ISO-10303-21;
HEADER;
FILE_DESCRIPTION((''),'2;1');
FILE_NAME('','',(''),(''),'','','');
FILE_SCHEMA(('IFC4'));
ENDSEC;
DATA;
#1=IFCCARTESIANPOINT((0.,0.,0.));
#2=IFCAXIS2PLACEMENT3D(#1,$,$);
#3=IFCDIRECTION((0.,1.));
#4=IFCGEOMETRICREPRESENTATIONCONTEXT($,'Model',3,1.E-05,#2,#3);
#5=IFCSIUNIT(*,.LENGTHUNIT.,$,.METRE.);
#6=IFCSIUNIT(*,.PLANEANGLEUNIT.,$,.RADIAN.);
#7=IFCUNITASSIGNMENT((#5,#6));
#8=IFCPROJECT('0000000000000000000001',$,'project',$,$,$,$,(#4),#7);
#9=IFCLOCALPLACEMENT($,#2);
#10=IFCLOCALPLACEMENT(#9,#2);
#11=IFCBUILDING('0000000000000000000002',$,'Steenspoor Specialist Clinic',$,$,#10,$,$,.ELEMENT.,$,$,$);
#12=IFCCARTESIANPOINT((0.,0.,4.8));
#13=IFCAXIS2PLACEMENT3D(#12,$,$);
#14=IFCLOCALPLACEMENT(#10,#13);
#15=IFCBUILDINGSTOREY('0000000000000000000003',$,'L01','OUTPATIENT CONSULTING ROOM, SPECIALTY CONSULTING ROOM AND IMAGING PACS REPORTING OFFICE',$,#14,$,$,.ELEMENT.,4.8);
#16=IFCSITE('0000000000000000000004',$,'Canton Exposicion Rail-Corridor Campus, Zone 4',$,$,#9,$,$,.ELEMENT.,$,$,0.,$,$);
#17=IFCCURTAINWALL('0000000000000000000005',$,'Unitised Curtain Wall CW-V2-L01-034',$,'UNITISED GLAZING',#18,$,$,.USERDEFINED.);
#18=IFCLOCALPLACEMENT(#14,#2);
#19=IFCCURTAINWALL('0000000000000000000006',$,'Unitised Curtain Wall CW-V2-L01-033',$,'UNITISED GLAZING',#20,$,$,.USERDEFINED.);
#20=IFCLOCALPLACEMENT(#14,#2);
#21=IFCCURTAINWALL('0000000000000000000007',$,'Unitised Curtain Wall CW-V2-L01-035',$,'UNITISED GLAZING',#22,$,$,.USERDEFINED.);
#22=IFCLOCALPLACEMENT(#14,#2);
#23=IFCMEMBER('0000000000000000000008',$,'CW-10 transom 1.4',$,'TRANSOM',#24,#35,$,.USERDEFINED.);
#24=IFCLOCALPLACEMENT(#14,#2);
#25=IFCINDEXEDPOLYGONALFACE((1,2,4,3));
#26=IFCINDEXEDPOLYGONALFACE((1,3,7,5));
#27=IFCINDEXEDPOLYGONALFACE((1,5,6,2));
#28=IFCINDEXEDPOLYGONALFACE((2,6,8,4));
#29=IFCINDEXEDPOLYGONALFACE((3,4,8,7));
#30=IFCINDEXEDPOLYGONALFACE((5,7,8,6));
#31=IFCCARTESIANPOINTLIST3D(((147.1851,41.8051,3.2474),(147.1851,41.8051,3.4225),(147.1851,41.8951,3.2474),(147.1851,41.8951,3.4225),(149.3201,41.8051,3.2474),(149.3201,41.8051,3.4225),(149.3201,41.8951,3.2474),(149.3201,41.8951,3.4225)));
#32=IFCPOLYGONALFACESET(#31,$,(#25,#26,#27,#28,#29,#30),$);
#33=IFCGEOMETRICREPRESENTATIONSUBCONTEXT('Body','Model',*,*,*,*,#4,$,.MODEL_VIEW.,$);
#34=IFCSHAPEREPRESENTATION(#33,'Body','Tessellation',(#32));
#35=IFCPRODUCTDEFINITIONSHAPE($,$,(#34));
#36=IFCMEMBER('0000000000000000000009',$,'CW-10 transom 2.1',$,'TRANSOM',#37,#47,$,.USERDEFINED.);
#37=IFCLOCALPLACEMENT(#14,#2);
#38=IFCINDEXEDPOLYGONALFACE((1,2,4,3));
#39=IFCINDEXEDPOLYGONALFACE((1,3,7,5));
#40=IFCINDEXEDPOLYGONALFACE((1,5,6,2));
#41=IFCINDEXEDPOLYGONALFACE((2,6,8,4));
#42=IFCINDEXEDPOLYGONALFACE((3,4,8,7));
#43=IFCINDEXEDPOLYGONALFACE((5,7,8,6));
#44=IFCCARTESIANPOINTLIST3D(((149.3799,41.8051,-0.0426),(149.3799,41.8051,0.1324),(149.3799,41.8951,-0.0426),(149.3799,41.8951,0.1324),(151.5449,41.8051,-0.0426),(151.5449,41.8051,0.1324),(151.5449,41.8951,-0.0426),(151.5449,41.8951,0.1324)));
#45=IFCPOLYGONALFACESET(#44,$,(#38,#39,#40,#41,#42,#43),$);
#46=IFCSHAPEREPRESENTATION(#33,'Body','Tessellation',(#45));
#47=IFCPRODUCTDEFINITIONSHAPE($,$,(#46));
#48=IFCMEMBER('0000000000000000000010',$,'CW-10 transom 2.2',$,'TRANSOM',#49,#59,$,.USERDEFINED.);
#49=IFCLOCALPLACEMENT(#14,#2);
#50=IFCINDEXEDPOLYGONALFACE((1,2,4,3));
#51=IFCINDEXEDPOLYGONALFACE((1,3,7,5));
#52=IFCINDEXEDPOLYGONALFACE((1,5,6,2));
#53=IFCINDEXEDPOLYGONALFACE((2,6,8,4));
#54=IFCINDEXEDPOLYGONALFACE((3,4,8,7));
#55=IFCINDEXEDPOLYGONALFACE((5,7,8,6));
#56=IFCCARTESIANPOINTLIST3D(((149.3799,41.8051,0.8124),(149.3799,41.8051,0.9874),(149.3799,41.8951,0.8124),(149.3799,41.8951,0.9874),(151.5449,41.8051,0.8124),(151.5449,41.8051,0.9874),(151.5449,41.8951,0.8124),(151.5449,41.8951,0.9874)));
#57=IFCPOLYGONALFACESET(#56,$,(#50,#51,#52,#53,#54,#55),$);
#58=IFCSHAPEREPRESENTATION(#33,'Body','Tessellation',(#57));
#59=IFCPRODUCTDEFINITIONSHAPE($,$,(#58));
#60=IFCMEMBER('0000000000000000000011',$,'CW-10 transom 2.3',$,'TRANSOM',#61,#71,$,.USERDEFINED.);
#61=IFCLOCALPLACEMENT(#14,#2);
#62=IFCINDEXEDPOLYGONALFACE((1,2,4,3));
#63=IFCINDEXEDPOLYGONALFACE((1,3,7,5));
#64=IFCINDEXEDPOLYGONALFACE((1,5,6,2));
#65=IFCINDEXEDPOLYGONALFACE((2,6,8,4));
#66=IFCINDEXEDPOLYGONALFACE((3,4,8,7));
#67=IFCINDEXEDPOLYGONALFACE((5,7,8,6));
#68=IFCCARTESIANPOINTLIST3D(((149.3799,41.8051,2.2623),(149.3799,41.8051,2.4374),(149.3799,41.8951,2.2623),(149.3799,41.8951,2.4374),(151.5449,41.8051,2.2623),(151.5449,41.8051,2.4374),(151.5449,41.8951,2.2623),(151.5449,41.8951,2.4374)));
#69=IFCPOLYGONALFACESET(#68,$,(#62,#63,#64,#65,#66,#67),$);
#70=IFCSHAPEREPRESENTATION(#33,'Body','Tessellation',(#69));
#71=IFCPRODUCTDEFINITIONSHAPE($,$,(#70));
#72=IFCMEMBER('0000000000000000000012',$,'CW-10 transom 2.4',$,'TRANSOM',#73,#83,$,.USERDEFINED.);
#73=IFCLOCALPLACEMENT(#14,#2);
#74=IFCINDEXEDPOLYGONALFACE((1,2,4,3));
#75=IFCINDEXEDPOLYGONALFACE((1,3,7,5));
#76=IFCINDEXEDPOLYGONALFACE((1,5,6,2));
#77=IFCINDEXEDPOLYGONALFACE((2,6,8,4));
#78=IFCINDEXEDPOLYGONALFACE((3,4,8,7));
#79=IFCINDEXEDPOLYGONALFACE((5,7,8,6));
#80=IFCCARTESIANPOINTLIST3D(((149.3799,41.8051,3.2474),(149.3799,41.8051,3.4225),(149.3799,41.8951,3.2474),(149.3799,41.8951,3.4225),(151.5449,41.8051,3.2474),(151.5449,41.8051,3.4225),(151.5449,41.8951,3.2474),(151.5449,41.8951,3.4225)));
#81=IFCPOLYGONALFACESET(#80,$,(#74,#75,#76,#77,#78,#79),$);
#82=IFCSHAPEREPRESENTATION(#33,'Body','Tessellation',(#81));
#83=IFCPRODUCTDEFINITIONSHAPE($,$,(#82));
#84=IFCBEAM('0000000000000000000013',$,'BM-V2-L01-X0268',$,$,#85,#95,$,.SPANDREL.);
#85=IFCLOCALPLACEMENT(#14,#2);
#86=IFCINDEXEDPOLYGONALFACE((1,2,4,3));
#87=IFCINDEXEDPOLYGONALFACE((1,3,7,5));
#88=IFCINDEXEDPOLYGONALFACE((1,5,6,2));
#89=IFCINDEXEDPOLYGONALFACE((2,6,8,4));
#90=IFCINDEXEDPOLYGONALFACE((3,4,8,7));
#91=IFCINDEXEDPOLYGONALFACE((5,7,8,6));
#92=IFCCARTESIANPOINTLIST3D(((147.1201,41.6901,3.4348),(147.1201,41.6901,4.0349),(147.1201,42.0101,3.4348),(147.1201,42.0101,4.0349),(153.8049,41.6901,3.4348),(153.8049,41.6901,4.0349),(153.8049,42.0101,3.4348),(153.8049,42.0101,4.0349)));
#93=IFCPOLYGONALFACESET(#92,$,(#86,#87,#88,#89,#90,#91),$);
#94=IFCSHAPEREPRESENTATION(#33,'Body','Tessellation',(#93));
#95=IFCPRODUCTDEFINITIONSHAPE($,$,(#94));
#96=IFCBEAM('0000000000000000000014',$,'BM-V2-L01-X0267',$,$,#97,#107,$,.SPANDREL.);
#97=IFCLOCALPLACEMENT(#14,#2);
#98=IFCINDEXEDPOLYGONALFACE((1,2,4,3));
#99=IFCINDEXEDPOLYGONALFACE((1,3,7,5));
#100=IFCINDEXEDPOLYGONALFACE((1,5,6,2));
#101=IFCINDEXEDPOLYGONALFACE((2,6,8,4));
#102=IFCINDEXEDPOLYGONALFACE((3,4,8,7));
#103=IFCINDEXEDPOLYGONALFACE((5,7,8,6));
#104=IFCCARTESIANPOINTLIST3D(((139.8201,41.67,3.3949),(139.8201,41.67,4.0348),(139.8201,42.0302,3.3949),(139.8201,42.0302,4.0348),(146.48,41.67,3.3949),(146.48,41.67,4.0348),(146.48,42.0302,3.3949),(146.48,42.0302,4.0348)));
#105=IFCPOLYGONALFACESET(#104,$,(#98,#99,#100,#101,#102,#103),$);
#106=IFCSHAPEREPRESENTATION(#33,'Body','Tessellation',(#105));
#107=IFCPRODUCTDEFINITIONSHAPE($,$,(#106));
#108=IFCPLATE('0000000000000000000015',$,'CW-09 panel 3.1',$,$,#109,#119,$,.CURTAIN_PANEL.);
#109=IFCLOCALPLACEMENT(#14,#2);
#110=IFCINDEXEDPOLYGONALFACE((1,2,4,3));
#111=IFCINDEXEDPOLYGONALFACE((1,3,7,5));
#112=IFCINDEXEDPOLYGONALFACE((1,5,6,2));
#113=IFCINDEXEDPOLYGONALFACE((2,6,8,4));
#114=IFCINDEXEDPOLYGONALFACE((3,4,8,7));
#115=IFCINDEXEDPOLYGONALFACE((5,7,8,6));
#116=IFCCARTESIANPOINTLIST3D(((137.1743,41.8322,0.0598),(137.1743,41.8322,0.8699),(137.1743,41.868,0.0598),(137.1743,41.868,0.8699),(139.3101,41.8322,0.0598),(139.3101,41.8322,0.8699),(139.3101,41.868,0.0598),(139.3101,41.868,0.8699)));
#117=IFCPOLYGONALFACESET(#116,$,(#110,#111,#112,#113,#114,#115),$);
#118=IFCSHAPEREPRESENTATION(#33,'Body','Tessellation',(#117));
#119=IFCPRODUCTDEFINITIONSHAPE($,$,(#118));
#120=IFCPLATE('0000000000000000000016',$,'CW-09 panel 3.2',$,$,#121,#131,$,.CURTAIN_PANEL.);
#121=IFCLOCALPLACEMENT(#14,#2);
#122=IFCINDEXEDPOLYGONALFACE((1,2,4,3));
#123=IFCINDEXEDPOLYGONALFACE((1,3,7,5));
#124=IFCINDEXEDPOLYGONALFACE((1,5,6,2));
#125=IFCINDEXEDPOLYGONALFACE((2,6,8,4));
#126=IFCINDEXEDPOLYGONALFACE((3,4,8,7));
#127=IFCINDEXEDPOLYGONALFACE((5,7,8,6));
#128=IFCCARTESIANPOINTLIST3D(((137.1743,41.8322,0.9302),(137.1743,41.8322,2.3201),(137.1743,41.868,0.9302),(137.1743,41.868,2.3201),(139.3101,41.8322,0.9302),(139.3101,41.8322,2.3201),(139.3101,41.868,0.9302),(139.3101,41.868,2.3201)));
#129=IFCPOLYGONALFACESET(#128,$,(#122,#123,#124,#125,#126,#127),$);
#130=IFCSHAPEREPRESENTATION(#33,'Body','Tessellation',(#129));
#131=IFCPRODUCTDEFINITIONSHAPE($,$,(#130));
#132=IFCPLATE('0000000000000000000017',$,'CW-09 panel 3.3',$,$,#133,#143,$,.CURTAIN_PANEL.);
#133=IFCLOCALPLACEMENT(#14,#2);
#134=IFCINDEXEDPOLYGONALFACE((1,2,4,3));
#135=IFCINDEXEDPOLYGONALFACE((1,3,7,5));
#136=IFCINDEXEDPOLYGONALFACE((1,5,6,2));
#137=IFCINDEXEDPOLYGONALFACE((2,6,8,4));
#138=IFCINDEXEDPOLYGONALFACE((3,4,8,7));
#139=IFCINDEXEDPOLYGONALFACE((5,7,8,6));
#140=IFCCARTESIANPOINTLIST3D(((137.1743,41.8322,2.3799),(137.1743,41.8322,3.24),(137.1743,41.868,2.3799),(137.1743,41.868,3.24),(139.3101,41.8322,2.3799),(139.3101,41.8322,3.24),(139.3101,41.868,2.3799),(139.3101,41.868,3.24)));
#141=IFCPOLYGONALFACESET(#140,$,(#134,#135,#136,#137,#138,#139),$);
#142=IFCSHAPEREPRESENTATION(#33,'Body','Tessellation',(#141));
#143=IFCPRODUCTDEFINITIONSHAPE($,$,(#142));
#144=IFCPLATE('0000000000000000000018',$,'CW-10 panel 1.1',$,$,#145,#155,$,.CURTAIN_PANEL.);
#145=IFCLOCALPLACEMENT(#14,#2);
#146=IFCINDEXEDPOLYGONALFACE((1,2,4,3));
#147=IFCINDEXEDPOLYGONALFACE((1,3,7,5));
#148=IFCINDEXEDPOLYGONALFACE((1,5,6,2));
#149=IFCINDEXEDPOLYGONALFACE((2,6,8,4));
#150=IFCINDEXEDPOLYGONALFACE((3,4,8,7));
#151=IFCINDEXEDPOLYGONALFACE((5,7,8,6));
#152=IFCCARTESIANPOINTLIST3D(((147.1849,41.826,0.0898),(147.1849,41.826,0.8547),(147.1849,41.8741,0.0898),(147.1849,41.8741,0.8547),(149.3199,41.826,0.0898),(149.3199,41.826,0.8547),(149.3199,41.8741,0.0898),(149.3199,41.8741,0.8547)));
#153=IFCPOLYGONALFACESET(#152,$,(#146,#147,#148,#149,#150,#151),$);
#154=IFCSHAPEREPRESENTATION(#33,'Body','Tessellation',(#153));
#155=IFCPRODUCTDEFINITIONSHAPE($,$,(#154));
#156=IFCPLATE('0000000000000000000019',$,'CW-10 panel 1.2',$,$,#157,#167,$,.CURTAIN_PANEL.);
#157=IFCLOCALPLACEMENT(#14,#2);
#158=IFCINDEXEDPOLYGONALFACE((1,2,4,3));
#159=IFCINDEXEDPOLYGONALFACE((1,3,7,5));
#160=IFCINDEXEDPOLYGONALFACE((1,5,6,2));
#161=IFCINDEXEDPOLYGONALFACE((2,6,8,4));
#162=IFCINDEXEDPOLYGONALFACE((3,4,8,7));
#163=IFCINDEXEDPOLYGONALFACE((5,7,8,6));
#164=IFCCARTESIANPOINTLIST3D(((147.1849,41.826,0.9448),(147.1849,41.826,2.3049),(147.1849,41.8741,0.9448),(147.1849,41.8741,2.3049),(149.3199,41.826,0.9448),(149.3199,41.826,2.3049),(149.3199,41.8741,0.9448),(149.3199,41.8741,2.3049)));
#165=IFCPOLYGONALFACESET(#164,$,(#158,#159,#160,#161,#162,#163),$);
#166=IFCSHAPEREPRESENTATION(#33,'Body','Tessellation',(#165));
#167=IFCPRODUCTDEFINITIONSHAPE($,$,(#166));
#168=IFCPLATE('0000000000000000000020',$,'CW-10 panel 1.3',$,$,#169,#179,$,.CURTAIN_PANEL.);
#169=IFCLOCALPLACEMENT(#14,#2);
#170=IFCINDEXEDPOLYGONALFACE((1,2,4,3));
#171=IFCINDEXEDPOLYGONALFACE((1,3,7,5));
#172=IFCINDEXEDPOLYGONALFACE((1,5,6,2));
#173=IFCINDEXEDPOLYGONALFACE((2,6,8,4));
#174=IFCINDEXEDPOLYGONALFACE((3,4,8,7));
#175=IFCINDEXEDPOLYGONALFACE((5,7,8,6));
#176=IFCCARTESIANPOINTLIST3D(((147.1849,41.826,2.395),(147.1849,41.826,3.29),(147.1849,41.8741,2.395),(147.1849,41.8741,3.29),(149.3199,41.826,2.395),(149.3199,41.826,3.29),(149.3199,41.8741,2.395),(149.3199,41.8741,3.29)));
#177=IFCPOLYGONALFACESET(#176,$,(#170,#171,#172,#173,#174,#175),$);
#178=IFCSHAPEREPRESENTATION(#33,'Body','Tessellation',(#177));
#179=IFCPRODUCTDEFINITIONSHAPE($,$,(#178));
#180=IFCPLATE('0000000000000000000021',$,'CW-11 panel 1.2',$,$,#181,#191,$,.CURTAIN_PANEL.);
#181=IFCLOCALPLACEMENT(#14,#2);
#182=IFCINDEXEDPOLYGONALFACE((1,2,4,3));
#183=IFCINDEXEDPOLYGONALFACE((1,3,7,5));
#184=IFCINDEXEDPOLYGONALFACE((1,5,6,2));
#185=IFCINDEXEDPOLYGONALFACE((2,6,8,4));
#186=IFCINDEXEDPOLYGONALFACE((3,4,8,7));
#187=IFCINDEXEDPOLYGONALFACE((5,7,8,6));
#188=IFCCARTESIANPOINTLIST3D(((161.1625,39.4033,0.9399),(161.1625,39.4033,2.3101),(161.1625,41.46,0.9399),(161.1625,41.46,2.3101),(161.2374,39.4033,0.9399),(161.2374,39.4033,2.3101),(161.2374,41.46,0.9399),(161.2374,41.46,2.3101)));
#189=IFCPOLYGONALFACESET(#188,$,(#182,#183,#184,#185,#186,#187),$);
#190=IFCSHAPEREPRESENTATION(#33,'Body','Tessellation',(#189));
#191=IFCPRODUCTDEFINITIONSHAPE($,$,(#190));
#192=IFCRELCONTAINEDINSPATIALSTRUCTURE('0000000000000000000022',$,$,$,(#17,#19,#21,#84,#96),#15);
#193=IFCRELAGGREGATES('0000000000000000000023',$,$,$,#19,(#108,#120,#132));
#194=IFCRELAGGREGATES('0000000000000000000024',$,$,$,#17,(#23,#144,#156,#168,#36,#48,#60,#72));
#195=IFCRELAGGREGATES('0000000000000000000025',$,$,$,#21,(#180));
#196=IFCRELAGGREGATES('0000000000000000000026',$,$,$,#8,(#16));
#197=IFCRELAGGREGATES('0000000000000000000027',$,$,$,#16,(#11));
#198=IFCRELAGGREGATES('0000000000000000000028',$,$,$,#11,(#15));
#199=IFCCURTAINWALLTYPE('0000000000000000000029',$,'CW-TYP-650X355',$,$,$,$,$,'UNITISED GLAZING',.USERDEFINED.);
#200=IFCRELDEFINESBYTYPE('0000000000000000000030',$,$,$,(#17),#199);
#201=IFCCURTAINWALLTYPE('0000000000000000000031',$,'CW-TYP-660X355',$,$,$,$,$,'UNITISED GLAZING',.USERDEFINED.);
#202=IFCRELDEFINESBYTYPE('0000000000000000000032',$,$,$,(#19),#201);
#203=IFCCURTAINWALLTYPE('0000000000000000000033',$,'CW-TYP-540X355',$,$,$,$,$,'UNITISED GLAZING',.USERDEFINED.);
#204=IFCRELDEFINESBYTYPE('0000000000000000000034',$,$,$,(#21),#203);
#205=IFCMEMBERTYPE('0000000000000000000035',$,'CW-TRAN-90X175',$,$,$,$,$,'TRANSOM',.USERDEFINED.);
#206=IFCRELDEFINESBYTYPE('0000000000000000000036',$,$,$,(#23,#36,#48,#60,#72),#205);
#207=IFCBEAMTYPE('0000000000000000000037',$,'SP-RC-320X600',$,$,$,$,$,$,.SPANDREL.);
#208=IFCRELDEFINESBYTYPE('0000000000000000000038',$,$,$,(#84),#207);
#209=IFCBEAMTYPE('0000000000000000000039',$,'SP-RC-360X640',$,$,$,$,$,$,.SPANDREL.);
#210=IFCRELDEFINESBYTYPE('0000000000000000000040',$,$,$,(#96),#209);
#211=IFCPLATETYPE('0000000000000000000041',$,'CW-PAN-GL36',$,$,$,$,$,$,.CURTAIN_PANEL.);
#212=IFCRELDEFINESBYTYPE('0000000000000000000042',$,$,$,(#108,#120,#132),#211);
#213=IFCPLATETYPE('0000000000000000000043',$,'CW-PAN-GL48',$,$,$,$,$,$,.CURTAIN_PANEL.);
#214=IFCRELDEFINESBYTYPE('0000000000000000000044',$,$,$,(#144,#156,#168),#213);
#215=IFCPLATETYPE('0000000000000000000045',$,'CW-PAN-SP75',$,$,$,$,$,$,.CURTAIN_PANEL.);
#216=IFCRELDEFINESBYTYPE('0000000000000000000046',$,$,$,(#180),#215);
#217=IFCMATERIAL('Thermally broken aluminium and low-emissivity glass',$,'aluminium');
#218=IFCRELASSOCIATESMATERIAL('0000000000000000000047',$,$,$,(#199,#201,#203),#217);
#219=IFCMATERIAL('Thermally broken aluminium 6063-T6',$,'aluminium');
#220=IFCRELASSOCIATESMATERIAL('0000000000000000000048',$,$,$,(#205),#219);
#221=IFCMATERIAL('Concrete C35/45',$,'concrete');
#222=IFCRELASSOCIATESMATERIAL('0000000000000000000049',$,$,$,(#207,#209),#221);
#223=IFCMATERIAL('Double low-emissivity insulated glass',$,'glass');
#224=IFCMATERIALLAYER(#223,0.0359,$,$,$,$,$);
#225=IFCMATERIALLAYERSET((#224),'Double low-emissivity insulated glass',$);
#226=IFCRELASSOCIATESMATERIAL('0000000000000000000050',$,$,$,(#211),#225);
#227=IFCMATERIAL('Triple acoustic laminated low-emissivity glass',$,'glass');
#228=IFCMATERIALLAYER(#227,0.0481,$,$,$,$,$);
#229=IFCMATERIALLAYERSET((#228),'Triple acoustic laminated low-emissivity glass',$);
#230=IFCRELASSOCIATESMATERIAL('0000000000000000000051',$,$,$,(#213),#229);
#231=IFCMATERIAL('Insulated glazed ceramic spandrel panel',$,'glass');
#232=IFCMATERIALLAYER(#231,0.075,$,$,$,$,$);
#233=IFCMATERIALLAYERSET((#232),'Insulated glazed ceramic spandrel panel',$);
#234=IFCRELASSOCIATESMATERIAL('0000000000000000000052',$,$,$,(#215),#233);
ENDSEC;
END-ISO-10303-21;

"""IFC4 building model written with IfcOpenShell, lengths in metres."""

from ifc_helpers import new_model, si_unit, direction, frame, origin, origin_2d, place, context, subcontext, project, spatial, rectangle, extrude, material, layer, layer_set, material_profile, profile_set, type_object, element, aggregate, save


model = new_model("IFC4")

# Units and contexts
model_context = context("Model", 3, precision=1e-05, world=origin(), true_north=direction((0.0, 1.0)))
body_context = subcontext(model_context, "Body", "Model", "MODEL_VIEW")
ifc_project = project(units=[si_unit("LENGTHUNIT", "METRE"), si_unit("PLANEANGLEUNIT", "RADIAN")], contexts=[model_context])

# Site, building, storey
site_placement = place(None, origin())
site = spatial("IfcSite", under=ifc_project, at=site_placement, Name="Canton Exposicion Rail-Corridor Campus, Zone 4", CompositionType="ELEMENT", RefElevation=0.0)
building_placement = place(site_placement, origin())
building = spatial("IfcBuilding", under=site, at=building_placement, Name="Steenspoor Specialist Clinic", CompositionType="ELEMENT")
storey_placement = place(building_placement, frame((0.0, 0.0, 4.8)))
storey = spatial("IfcBuildingStorey", under=building, at=storey_placement, Name="L01", Description="OUTPATIENT CONSULTING ROOM, SPECIALTY CONSULTING ROOM AND IMAGING PACS REPORTING OFFICE", CompositionType="ELEMENT", Elevation=4.8)

# Curtain wall
ifc_material_1 = material(Name="Thermally broken aluminium and low-emissivity glass", Category="aluminium")
curtain_wall_type_1 = type_object("IfcCurtainWallType", Name="CW-TYP-650X355", ElementType="UNITISED GLAZING", PredefinedType="USERDEFINED", material=ifc_material_1)
curtain_wall_1_placement = place(storey_placement, origin())
curtain_wall_1 = element("IfcCurtainWall", 1, at=curtain_wall_1_placement, inside=storey, type_object=curtain_wall_type_1, Name="Unitised Curtain Wall CW-V2-L01-034", ObjectType="UNITISED GLAZING", PredefinedType="USERDEFINED")
ifc_material_2 = material(Name="Thermally broken aluminium 6063-T6", Category="aluminium")

# Curtain wall
curtain_wall_type_2 = type_object("IfcCurtainWallType", Name="CW-TYP-660X355", ElementType="UNITISED GLAZING", PredefinedType="USERDEFINED", material=ifc_material_1)
curtain_wall_2_placement = place(storey_placement, origin())
curtain_wall_2 = element("IfcCurtainWall", 2, at=curtain_wall_2_placement, inside=storey, type_object=curtain_wall_type_2, Name="Unitised Curtain Wall CW-V2-L01-033", ObjectType="UNITISED GLAZING", PredefinedType="USERDEFINED")

# Curtain wall
curtain_wall_type_3 = type_object("IfcCurtainWallType", Name="CW-TYP-540X355", ElementType="UNITISED GLAZING", PredefinedType="USERDEFINED", material=ifc_material_1)
curtain_wall_3_placement = place(storey_placement, origin())
curtain_wall_3 = element("IfcCurtainWall", 3, at=curtain_wall_3_placement, inside=storey, type_object=curtain_wall_type_3, Name="Unitised Curtain Wall CW-V2-L01-035", ObjectType="UNITISED GLAZING", PredefinedType="USERDEFINED")

# Members
ifc_material_profile_1 = material_profile(ifc_material_2, rectangle(XDim=0.0901, YDim=0.175, at=origin_2d()), Name="CWT-90X175")
ifc_profile_set_1 = profile_set([ifc_material_profile_1], Name="Thermally broken aluminium 6063-T6")
member_type_1 = type_object("IfcMemberType", Name="CW-TRAN-90X175", ElementType="TRANSOM", PredefinedType="USERDEFINED", material=ifc_profile_set_1)
member_1_placement = place(storey_placement, frame((147.1851, 41.8501, 3.335), z_axis=(1.0, 0.0, 0.0), x_axis=(0.0, 1.0, 0.0)))
member_1 = element("IfcMember", 4, at=member_1_placement, type_object=member_type_1, Name="CW-10 transom 1.4", ObjectType="TRANSOM", PredefinedType="USERDEFINED", context=body_context, shape_type="SweptSolid", body=[
    extrude(rectangle(XDim=0.0901, YDim=0.175, at=origin_2d()), origin(), (0.0, 0.0, 1.0), 2.135),
])
member_2_placement = place(storey_placement, frame((149.3799, 41.8501, 0.0449), z_axis=(1.0, 0.0, 0.0), x_axis=(0.0, 1.0, 0.0)))
member_2 = element("IfcMember", 5, at=member_2_placement, type_object=member_type_1, Name="CW-10 transom 2.1", ObjectType="TRANSOM", PredefinedType="USERDEFINED", context=body_context, shape_type="SweptSolid", body=[
    extrude(rectangle(XDim=0.0901, YDim=0.175, at=origin_2d()), origin(), (0.0, 0.0, 1.0), 2.165),
])
member_3_placement = place(storey_placement, frame((149.3799, 41.8501, 0.8999), z_axis=(1.0, 0.0, 0.0), x_axis=(0.0, 1.0, 0.0)))
member_3 = element("IfcMember", 6, at=member_3_placement, type_object=member_type_1, Name="CW-10 transom 2.2", ObjectType="TRANSOM", PredefinedType="USERDEFINED", context=body_context, shape_type="SweptSolid", body=[
    extrude(rectangle(XDim=0.0901, YDim=0.175, at=origin_2d()), origin(), (0.0, 0.0, 1.0), 2.165),
])
member_4_placement = place(storey_placement, frame((149.3799, 41.8501, 2.3499), z_axis=(1.0, 0.0, 0.0), x_axis=(0.0, 1.0, 0.0)))
member_4 = element("IfcMember", 7, at=member_4_placement, type_object=member_type_1, Name="CW-10 transom 2.3", ObjectType="TRANSOM", PredefinedType="USERDEFINED", context=body_context, shape_type="SweptSolid", body=[
    extrude(rectangle(XDim=0.0901, YDim=0.175, at=origin_2d()), origin(), (0.0, 0.0, 1.0), 2.165),
])
member_5_placement = place(storey_placement, frame((149.3799, 41.8501, 3.335), z_axis=(1.0, 0.0, 0.0), x_axis=(0.0, 1.0, 0.0)))
member_5 = element("IfcMember", 8, at=member_5_placement, type_object=member_type_1, Name="CW-10 transom 2.4", ObjectType="TRANSOM", PredefinedType="USERDEFINED", context=body_context, shape_type="SweptSolid", body=[
    extrude(rectangle(XDim=0.0901, YDim=0.175, at=origin_2d()), origin(), (0.0, 0.0, 1.0), 2.165),
])

# Beams
ifc_material_3 = material(Name="Concrete C35/45", Category="concrete")
ifc_material_profile_2 = material_profile(ifc_material_3, rectangle(XDim=0.3201, YDim=0.6001, at=origin_2d()), Name="RC-SP-320X600")
ifc_profile_set_2 = profile_set([ifc_material_profile_2], Name="Concrete C35/45")
beam_type_1 = type_object("IfcBeamType", Name="SP-RC-320X600", PredefinedType="SPANDREL", material=ifc_profile_set_2)
beam_1_placement = place(storey_placement, frame((147.1201, 41.8501, 3.7349), z_axis=(1.0, 0.0, 0.0), x_axis=(0.0, 1.0, 0.0)))
element("IfcBeam", 9, at=beam_1_placement, inside=storey, type_object=beam_type_1, Name="BM-V2-L01-X0268", PredefinedType="SPANDREL", context=body_context, shape_type="SweptSolid", body=[
    extrude(rectangle(XDim=0.3201, YDim=0.6001, at=origin_2d()), origin(), (0.0, 0.0, 1.0), 6.6848),
])
ifc_material_profile_3 = material_profile(ifc_material_3, rectangle(XDim=0.3601, YDim=0.6399, at=origin_2d()), Name="RC-SP-360X640")
ifc_profile_set_3 = profile_set([ifc_material_profile_3], Name="Concrete C35/45")
beam_type_2 = type_object("IfcBeamType", Name="SP-RC-360X640", PredefinedType="SPANDREL", material=ifc_profile_set_3)
beam_2_placement = place(storey_placement, frame((139.8201, 41.8501, 3.7148), z_axis=(1.0, 0.0, 0.0), x_axis=(0.0, 1.0, 0.0)))
element("IfcBeam", 10, at=beam_2_placement, inside=storey, type_object=beam_type_2, Name="BM-V2-L01-X0267", PredefinedType="SPANDREL", context=body_context, shape_type="SweptSolid", body=[
    extrude(rectangle(XDim=0.3601, YDim=0.6399, at=origin_2d()), origin(), (0.0, 0.0, 1.0), 6.6599),
])

# Plates
ifc_material_4 = material(Name="Double low-emissivity insulated glass", Category="glass")
ifc_layer_1 = layer(ifc_material_4, 0.0359)
ifc_layer_set_1 = layer_set([ifc_layer_1], Name="Double low-emissivity insulated glass")
plate_type_1 = type_object("IfcPlateType", Name="CW-PAN-GL36", PredefinedType="CURTAIN_PANEL", material=ifc_layer_set_1)
plate_1_placement = place(storey_placement, frame((138.2422, 41.8501, 0.0598), z_axis=(0.0, 0.0, 1.0), x_axis=(1.0, 0.0, 0.0)))
plate_1 = element("IfcPlate", 11, at=plate_1_placement, type_object=plate_type_1, Name="CW-09 panel 3.1", PredefinedType="CURTAIN_PANEL", context=body_context, shape_type="SweptSolid", body=[
    extrude(rectangle(XDim=2.1357, YDim=0.0359, at=origin_2d()), origin(), (0.0, 0.0, 1.0), 0.8101),
])
plate_2_placement = place(storey_placement, frame((138.2422, 41.8501, 0.9302), z_axis=(0.0, 0.0, 1.0), x_axis=(1.0, 0.0, 0.0)))
plate_2 = element("IfcPlate", 12, at=plate_2_placement, type_object=plate_type_1, Name="CW-09 panel 3.2", PredefinedType="CURTAIN_PANEL", context=body_context, shape_type="SweptSolid", body=[
    extrude(rectangle(XDim=2.1357, YDim=0.0359, at=origin_2d()), origin(), (0.0, 0.0, 1.0), 1.3899),
])
plate_3_placement = place(storey_placement, frame((138.2422, 41.8501, 2.3799), z_axis=(0.0, 0.0, 1.0), x_axis=(1.0, 0.0, 0.0)))
plate_3 = element("IfcPlate", 13, at=plate_3_placement, type_object=plate_type_1, Name="CW-09 panel 3.3", PredefinedType="CURTAIN_PANEL", context=body_context, shape_type="SweptSolid", body=[
    extrude(rectangle(XDim=2.1357, YDim=0.0359, at=origin_2d()), origin(), (0.0, 0.0, 1.0), 0.8601),
])
aggregate(curtain_wall_2, [plate_1, plate_2, plate_3])
ifc_material_5 = material(Name="Triple acoustic laminated low-emissivity glass", Category="glass")
ifc_layer_2 = layer(ifc_material_5, 0.0481)
ifc_layer_set_2 = layer_set([ifc_layer_2], Name="Triple acoustic laminated low-emissivity glass")
plate_type_2 = type_object("IfcPlateType", Name="CW-PAN-GL48", PredefinedType="CURTAIN_PANEL", material=ifc_layer_set_2)
plate_4_placement = place(storey_placement, frame((148.2524, 41.8501, 0.0898), z_axis=(0.0, 0.0, 1.0), x_axis=(1.0, 0.0, 0.0)))
plate_4 = element("IfcPlate", 14, at=plate_4_placement, type_object=plate_type_2, Name="CW-10 panel 1.1", PredefinedType="CURTAIN_PANEL", context=body_context, shape_type="SweptSolid", body=[
    extrude(rectangle(XDim=2.135, YDim=0.0481, at=origin_2d()), origin(), (0.0, 0.0, 1.0), 0.7649),
])
plate_5_placement = place(storey_placement, frame((148.2524, 41.8501, 0.9448), z_axis=(0.0, 0.0, 1.0), x_axis=(1.0, 0.0, 0.0)))
plate_5 = element("IfcPlate", 15, at=plate_5_placement, type_object=plate_type_2, Name="CW-10 panel 1.2", PredefinedType="CURTAIN_PANEL", context=body_context, shape_type="SweptSolid", body=[
    extrude(rectangle(XDim=2.135, YDim=0.0481, at=origin_2d()), origin(), (0.0, 0.0, 1.0), 1.3601),
])
plate_6_placement = place(storey_placement, frame((148.2524, 41.8501, 2.395), z_axis=(0.0, 0.0, 1.0), x_axis=(1.0, 0.0, 0.0)))
plate_6 = element("IfcPlate", 16, at=plate_6_placement, type_object=plate_type_2, Name="CW-10 panel 1.3", PredefinedType="CURTAIN_PANEL", context=body_context, shape_type="SweptSolid", body=[
    extrude(rectangle(XDim=2.135, YDim=0.0481, at=origin_2d()), origin(), (0.0, 0.0, 1.0), 0.895),
])
aggregate(curtain_wall_1, [member_1, plate_4, plate_5, plate_6, member_2, member_3, member_4, member_5])
ifc_material_6 = material(Name="Insulated glazed ceramic spandrel panel", Category="glass")
ifc_layer_3 = layer(ifc_material_6, 0.075)
ifc_layer_set_3 = layer_set([ifc_layer_3], Name="Insulated glazed ceramic spandrel panel")
plate_type_3 = type_object("IfcPlateType", Name="CW-PAN-SP75", PredefinedType="CURTAIN_PANEL", material=ifc_layer_set_3)
plate_7_placement = place(storey_placement, frame((161.2, 40.4316, 0.9399), z_axis=(0.0, 0.0, 1.0), x_axis=(0.0, -1.0, 0.0)))
plate_7 = element("IfcPlate", 17, at=plate_7_placement, type_object=plate_type_3, Name="CW-11 panel 1.2", PredefinedType="CURTAIN_PANEL", context=body_context, shape_type="SweptSolid", body=[
    extrude(rectangle(XDim=2.0566, YDim=0.075, at=origin_2d()), origin(), (0.0, 0.0, 1.0), 1.3701),
])
aggregate(curtain_wall_3, [plate_7])

save(model, "model.ifc")
